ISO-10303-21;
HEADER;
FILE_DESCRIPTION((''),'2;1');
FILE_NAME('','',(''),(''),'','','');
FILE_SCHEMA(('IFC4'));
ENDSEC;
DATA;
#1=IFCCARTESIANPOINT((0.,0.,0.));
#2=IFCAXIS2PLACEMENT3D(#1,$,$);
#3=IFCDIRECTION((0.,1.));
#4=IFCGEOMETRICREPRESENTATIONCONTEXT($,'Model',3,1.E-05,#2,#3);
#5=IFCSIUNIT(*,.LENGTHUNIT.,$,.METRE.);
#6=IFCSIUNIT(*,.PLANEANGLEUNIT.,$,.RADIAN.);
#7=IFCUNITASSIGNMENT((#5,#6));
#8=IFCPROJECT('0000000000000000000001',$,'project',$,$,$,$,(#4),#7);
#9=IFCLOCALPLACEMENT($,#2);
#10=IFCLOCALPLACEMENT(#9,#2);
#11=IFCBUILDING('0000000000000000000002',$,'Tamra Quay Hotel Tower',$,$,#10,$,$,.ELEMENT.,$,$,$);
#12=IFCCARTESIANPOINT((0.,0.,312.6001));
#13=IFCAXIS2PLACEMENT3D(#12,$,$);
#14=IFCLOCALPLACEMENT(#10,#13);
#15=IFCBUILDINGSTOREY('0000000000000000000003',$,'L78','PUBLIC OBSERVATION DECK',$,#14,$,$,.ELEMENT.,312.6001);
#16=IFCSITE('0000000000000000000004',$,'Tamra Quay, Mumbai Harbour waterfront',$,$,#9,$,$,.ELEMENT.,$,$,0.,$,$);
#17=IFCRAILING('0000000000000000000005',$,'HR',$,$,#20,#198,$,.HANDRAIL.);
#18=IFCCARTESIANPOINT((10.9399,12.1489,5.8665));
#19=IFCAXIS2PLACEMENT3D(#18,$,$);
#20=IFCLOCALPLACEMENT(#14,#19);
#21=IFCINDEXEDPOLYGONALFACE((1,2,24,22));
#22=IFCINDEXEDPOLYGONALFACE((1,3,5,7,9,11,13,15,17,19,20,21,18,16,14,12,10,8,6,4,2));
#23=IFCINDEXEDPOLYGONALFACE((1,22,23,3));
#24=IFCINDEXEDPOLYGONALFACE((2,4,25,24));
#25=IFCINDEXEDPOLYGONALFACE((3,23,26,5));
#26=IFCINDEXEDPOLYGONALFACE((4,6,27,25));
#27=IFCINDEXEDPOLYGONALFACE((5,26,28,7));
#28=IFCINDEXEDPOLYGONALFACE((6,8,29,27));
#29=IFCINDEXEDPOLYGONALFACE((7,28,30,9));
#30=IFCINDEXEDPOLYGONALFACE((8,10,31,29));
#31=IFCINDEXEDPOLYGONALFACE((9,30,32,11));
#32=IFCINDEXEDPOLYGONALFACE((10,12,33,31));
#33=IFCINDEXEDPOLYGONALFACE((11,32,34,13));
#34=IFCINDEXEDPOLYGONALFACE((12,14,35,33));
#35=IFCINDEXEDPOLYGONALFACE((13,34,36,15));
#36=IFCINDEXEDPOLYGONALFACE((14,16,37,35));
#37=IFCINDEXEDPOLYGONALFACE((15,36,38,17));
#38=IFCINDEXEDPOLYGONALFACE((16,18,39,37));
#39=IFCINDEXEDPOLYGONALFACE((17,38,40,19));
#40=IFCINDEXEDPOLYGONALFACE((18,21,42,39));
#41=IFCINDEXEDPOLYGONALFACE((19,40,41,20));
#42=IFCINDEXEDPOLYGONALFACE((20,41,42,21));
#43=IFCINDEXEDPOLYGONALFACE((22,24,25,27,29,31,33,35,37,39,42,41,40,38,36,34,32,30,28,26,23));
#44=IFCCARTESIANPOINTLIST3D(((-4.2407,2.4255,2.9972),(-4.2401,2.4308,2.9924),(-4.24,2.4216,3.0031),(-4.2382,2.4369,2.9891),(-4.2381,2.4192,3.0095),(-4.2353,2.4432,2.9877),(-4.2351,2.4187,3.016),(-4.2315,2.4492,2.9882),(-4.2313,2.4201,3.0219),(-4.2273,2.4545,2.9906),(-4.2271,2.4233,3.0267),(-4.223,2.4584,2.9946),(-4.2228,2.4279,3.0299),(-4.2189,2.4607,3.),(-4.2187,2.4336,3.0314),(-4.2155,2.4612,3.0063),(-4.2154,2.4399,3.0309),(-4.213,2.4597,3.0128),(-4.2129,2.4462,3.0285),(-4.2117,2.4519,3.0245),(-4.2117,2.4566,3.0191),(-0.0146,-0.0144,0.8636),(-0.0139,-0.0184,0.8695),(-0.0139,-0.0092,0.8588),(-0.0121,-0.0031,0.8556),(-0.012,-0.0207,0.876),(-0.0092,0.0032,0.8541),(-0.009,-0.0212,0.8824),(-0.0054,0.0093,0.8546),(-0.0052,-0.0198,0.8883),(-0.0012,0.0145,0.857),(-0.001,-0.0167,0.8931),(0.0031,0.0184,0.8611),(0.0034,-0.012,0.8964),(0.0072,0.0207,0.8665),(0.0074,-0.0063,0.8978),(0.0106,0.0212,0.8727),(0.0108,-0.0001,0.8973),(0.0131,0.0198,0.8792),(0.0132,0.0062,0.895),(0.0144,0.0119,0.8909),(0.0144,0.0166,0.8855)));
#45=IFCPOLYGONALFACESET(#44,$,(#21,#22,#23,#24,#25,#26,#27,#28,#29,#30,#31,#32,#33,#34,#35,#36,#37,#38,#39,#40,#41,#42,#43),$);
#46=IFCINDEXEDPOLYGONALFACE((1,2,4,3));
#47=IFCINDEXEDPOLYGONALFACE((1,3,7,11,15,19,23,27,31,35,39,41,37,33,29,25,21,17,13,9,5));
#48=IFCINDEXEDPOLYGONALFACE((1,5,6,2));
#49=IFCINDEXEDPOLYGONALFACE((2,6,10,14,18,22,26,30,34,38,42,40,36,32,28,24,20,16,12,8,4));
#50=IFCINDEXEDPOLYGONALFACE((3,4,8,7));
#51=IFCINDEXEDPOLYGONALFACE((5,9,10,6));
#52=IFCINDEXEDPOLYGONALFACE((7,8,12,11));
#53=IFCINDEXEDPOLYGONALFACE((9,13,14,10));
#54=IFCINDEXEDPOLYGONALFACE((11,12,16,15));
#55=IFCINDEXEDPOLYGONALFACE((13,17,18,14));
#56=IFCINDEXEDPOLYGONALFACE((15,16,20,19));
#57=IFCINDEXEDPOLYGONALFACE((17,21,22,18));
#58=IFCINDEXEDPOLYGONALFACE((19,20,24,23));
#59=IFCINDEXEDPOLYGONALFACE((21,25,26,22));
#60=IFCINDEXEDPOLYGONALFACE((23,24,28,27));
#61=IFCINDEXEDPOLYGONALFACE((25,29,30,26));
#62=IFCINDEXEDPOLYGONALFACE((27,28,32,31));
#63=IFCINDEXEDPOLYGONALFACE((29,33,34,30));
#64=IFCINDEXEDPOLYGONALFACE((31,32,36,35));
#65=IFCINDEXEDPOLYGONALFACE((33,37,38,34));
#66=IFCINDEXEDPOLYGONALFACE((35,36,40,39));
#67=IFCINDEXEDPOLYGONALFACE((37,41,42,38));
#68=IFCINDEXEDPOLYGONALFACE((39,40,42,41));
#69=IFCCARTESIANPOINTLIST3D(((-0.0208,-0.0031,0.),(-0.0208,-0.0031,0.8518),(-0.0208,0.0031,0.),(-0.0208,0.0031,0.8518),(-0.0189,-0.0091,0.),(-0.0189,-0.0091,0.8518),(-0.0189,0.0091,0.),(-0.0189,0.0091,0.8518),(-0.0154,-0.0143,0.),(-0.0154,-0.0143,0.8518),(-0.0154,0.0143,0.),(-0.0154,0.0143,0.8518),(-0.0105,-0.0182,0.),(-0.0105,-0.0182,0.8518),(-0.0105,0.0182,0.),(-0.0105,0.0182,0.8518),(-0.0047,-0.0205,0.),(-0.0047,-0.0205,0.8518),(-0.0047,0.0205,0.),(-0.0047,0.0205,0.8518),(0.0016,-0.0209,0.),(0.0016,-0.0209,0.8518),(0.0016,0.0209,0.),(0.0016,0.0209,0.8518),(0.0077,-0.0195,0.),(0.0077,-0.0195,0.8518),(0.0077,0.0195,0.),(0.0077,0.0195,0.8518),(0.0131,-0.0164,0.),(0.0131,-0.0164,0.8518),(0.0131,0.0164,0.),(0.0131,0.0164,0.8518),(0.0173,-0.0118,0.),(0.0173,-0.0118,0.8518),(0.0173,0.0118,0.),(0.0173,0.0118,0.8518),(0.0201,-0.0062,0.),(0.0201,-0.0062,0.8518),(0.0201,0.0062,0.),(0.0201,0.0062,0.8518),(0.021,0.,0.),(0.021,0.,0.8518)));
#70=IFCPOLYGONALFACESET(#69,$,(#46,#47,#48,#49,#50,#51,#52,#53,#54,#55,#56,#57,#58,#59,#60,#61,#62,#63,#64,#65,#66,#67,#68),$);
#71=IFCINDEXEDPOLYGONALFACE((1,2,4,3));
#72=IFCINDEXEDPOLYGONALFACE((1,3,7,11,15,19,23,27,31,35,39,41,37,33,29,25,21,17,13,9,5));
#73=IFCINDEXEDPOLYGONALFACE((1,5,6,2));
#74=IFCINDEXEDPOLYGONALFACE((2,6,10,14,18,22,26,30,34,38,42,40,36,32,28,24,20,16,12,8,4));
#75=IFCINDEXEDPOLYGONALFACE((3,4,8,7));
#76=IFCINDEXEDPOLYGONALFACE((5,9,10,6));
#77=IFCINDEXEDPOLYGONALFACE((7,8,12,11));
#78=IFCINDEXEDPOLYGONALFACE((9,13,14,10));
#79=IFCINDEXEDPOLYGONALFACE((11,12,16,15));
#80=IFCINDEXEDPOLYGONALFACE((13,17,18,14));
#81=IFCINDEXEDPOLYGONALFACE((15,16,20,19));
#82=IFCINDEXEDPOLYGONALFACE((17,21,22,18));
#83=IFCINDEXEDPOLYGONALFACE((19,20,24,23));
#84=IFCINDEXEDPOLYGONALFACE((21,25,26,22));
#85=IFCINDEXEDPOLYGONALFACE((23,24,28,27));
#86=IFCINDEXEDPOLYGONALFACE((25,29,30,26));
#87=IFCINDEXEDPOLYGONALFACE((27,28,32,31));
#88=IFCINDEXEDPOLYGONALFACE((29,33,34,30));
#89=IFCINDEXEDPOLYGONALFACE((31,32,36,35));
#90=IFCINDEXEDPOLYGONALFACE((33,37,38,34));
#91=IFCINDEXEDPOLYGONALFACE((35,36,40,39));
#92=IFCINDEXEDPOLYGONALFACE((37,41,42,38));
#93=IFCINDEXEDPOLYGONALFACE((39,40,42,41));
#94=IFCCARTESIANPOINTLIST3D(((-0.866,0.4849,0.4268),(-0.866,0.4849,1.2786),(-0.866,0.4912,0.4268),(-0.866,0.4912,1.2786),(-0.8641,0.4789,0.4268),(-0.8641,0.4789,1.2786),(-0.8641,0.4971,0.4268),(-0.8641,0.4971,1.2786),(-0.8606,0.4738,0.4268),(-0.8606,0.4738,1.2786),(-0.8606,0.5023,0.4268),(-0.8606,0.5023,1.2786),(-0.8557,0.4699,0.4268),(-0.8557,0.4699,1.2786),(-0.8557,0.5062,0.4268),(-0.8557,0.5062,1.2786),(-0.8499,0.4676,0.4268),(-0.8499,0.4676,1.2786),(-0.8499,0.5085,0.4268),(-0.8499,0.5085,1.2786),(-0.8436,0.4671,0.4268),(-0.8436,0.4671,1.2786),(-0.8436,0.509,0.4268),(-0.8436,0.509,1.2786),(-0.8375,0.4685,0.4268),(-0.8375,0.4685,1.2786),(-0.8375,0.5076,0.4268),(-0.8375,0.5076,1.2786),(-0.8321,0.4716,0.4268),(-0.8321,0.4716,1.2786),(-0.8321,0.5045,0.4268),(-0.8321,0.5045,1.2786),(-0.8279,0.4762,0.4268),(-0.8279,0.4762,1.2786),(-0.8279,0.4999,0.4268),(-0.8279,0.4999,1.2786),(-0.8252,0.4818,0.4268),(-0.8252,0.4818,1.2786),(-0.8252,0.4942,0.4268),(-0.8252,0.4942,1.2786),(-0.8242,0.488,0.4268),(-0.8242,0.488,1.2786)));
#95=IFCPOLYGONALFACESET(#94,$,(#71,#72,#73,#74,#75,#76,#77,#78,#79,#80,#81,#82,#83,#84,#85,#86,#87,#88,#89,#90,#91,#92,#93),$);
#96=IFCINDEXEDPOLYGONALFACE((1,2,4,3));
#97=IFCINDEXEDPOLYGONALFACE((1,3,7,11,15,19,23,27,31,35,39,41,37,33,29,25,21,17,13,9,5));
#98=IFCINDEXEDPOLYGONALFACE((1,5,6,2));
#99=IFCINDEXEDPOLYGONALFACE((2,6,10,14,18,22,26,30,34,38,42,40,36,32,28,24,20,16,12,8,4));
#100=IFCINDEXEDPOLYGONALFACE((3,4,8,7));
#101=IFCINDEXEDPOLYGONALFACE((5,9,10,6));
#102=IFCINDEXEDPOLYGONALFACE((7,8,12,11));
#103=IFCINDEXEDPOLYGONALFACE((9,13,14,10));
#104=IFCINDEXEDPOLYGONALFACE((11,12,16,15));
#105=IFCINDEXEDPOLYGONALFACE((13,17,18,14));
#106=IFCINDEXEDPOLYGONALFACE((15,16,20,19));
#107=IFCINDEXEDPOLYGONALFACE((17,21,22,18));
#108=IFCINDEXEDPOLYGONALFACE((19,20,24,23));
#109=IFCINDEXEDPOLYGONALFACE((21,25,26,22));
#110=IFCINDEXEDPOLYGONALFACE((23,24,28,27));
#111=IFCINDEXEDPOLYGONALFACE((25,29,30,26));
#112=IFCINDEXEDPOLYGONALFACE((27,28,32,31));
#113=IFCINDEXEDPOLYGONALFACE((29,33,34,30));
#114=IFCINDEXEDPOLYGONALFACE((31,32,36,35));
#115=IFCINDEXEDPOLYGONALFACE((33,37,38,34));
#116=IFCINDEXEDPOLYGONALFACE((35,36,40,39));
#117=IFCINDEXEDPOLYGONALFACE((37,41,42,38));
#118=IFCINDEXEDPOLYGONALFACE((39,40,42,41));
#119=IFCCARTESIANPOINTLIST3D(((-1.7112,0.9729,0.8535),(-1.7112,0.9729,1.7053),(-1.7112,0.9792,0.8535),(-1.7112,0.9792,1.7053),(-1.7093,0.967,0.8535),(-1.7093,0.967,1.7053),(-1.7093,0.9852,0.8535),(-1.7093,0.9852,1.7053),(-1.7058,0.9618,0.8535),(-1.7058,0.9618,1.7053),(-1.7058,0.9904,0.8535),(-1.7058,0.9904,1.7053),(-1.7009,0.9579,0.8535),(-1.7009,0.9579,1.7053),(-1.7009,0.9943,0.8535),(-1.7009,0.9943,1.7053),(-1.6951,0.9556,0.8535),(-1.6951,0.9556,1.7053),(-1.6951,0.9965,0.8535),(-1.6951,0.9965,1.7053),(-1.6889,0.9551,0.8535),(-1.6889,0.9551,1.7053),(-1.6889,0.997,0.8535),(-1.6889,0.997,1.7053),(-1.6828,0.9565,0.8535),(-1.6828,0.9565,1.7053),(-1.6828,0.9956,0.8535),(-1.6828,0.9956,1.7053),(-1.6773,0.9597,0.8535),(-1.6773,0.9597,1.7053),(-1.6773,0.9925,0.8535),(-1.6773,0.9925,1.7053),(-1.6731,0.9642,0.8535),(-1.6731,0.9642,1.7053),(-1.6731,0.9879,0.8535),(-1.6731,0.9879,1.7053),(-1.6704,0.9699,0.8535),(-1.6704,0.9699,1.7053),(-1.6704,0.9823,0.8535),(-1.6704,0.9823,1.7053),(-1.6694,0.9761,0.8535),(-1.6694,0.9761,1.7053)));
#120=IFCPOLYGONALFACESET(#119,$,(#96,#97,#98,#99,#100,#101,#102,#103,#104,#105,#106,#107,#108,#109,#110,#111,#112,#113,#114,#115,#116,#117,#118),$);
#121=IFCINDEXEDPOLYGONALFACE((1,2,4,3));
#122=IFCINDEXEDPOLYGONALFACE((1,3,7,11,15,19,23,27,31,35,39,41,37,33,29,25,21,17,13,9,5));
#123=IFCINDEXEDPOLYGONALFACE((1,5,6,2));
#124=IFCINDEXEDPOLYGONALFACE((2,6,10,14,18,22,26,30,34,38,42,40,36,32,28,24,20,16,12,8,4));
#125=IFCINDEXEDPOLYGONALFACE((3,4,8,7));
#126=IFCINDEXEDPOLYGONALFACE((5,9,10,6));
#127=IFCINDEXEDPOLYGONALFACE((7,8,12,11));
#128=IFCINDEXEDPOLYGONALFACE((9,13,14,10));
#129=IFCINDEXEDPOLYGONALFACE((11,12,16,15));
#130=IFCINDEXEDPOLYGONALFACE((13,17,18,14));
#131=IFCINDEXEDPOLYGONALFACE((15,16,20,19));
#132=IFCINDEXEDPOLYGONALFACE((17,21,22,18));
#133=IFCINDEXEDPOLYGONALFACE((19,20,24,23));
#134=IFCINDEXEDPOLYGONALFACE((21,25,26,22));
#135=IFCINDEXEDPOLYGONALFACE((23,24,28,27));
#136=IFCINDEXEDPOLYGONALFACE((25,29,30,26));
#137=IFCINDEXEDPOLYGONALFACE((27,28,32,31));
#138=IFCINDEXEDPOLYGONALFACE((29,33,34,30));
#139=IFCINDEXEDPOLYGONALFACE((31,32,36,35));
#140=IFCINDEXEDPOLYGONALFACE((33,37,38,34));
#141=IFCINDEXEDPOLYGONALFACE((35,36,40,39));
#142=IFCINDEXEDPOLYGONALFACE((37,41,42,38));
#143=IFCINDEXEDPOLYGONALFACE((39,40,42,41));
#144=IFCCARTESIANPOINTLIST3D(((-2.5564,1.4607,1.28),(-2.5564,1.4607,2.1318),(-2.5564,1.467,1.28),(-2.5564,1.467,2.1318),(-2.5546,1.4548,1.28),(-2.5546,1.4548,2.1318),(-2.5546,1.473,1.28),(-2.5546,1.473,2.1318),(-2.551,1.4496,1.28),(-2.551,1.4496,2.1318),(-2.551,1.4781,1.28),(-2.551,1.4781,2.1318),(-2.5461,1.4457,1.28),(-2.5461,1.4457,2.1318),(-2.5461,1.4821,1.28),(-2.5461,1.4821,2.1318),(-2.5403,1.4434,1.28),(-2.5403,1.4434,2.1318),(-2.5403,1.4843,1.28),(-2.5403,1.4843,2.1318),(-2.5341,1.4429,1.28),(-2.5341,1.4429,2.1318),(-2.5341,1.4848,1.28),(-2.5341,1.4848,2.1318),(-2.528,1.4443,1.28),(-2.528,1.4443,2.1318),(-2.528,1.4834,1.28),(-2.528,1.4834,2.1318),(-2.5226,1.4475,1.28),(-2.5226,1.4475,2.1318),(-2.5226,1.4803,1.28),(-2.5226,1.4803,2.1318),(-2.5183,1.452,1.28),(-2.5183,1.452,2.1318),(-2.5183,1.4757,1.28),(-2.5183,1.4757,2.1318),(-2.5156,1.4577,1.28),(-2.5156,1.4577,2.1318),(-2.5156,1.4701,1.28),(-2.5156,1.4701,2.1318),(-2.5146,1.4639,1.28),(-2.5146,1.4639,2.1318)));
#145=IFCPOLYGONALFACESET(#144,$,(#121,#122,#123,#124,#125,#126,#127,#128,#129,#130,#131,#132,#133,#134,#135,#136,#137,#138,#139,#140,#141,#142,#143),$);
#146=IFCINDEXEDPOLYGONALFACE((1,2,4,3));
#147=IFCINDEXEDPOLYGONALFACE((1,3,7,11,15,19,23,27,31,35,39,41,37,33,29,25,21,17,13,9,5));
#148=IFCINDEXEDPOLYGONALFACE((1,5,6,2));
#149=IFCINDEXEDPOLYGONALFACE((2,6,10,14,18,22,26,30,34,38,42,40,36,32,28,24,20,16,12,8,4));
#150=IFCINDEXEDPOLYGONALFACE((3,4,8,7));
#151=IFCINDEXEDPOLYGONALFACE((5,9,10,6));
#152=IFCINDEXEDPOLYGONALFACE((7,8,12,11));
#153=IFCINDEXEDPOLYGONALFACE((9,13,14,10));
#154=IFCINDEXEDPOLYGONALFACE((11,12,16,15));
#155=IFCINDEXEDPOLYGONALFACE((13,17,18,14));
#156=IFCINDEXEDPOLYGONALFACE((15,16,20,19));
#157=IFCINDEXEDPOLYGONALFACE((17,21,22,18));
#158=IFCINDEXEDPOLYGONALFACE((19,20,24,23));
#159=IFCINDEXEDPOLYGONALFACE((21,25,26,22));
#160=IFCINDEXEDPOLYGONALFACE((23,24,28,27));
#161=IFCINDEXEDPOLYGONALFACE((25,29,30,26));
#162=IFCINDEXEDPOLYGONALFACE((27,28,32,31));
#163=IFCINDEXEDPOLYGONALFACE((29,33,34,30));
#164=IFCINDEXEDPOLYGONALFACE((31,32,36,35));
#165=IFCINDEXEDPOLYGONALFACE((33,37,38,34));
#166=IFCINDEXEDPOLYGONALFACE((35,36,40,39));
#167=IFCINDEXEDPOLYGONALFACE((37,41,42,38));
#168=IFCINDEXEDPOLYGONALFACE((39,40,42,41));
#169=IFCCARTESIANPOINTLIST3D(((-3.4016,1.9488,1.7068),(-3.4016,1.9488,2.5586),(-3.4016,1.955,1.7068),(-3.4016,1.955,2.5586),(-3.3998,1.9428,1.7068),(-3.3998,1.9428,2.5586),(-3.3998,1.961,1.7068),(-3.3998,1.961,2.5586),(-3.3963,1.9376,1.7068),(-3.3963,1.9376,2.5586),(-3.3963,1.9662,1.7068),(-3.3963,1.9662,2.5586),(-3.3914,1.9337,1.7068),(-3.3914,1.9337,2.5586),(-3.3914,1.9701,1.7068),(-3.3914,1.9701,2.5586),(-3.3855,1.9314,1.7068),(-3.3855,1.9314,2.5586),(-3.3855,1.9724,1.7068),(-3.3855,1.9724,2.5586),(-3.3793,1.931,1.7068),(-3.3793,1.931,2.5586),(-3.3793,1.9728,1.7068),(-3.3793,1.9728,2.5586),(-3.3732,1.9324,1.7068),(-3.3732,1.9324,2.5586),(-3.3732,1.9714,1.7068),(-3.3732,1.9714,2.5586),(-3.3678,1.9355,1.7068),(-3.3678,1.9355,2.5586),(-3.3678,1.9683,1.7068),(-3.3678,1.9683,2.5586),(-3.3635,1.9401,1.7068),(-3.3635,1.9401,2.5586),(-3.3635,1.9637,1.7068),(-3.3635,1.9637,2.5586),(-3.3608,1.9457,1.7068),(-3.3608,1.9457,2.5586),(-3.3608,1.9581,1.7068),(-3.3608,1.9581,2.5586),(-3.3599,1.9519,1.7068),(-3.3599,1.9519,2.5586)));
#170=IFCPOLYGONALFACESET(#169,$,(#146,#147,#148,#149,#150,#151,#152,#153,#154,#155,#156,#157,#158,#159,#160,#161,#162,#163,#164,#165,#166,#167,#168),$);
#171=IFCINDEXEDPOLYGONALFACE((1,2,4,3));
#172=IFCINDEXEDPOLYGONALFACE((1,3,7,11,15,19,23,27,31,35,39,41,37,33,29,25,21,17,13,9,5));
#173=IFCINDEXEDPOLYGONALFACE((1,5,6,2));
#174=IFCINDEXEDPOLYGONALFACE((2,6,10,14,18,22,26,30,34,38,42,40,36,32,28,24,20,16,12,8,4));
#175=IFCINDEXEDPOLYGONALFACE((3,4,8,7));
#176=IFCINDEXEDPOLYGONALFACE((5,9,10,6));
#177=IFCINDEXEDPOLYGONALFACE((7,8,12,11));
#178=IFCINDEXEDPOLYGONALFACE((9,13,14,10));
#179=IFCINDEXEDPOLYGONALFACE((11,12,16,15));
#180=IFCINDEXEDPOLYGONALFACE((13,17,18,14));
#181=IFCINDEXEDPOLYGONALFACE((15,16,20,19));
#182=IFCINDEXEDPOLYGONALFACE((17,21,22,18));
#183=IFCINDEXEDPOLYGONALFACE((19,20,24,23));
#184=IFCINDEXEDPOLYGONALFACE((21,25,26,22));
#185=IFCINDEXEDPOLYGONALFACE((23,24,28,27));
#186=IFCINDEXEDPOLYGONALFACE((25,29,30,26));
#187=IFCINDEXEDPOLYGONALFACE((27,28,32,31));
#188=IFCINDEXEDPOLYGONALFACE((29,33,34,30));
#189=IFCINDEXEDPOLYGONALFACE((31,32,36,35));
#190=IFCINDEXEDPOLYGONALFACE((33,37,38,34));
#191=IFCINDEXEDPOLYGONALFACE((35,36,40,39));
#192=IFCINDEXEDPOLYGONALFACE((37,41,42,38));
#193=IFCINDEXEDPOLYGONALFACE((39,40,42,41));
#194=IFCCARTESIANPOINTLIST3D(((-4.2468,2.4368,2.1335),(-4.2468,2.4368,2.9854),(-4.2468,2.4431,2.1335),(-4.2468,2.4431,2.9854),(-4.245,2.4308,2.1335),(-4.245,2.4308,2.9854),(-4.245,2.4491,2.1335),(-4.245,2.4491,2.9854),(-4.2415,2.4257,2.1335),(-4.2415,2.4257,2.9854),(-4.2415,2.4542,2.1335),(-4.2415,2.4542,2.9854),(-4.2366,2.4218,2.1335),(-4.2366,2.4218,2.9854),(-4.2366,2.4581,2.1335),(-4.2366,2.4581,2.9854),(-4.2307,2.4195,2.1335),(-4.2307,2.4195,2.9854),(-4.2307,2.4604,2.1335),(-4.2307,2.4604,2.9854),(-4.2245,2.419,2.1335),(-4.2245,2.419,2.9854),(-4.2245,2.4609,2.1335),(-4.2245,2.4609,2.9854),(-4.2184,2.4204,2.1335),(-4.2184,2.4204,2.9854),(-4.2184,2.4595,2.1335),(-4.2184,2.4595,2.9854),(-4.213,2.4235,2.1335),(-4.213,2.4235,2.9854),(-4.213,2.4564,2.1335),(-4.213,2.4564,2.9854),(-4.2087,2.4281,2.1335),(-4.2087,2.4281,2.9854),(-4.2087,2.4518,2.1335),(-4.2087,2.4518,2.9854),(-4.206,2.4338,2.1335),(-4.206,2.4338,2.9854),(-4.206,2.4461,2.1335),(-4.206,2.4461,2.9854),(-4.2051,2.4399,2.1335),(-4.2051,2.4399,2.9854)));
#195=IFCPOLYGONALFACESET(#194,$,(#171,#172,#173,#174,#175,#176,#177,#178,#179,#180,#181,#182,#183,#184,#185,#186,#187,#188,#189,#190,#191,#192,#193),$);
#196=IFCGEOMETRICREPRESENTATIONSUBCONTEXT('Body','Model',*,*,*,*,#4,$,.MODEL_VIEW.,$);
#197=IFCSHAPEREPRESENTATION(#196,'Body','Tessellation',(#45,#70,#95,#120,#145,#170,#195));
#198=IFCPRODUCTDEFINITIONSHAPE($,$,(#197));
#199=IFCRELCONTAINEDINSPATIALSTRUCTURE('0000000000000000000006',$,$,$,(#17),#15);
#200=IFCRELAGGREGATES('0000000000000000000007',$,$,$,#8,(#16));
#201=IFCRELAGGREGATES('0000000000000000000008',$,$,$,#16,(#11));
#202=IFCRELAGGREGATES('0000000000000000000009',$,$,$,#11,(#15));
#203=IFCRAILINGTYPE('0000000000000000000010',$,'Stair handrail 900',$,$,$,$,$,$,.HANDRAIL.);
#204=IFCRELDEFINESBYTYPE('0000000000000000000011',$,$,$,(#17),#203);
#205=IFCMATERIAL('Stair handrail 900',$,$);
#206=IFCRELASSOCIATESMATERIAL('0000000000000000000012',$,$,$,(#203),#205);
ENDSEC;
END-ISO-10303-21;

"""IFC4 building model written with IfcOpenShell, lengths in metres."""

from ifc_helpers import new_model, si_unit, direction, frame, origin, origin_2d, place, context, subcontext, project, spatial, circle, extrude, material, type_object, element, save


model = new_model("IFC4")

# Units and contexts
model_context = context("Model", 3, precision=1e-05, world=origin(), true_north=direction((0.0, 1.0)))
body_context = subcontext(model_context, "Body", "Model", "MODEL_VIEW")
ifc_project = project(units=[si_unit("LENGTHUNIT", "METRE"), si_unit("PLANEANGLEUNIT", "RADIAN")], contexts=[model_context])

# Site, building, storey
site_placement = place(None, origin())
site = spatial("IfcSite", under=ifc_project, at=site_placement, Name="Tamra Quay, Mumbai Harbour waterfront", CompositionType="ELEMENT", RefElevation=0.0)
building_placement = place(site_placement, origin())
building = spatial("IfcBuilding", under=site, at=building_placement, Name="Tamra Quay Hotel Tower", CompositionType="ELEMENT")
storey_placement = place(building_placement, frame((0.0, 0.0, 312.6001)))
storey = spatial("IfcBuildingStorey", under=building, at=storey_placement, Name="L78", Description="PUBLIC OBSERVATION DECK", CompositionType="ELEMENT", Elevation=312.6001)

# Railing
ifc_material_1 = material(Name="Stair handrail 900")
railing_type = type_object("IfcRailingType", Name="Stair handrail 900", PredefinedType="HANDRAIL", material=ifc_material_1)
railing_1_placement = place(storey_placement, frame((10.9399, 12.1489, 5.8665)))
element("IfcRailing", 1, at=railing_1_placement, inside=storey, type_object=railing_type, Name="HR", PredefinedType="HANDRAIL", context=body_context, shape_type="SweptSolid", body=[
    extrude(circle(Radius=0.0239, at=origin_2d()), frame((0.0, 0.0, 0.876), z_axis=(-0.793497, 0.458129, 0.400599), x_axis=(-0.500003, -0.866024, 0.0)), (0.0, 0.0, 1.0), 5.3259),
    extrude(circle(Radius=0.021, at=origin_2d()), origin(), (0.0, 0.0, 1.0), 0.8518),
    extrude(circle(Radius=0.021, at=origin_2d()), frame((-0.8452, 0.488, 0.4268)), (0.0, 0.0, 1.0), 0.8518),
    extrude(circle(Radius=0.021, at=origin_2d()), frame((-1.6904, 0.9761, 0.8535)), (0.0, 0.0, 1.0), 0.8518),
    extrude(circle(Radius=0.021, at=origin_2d()), frame((-2.5356, 1.4639, 1.28)), (0.0, 0.0, 1.0), 0.8518),
    extrude(circle(Radius=0.021, at=origin_2d()), frame((-3.3809, 1.9519, 1.7068)), (0.0, 0.0, 1.0), 0.8518),
    extrude(circle(Radius=0.021, at=origin_2d()), frame((-4.2261, 2.4399, 2.1335)), (0.0, 0.0, 1.0), 0.8518),
])

save(model, "model.ifc")
